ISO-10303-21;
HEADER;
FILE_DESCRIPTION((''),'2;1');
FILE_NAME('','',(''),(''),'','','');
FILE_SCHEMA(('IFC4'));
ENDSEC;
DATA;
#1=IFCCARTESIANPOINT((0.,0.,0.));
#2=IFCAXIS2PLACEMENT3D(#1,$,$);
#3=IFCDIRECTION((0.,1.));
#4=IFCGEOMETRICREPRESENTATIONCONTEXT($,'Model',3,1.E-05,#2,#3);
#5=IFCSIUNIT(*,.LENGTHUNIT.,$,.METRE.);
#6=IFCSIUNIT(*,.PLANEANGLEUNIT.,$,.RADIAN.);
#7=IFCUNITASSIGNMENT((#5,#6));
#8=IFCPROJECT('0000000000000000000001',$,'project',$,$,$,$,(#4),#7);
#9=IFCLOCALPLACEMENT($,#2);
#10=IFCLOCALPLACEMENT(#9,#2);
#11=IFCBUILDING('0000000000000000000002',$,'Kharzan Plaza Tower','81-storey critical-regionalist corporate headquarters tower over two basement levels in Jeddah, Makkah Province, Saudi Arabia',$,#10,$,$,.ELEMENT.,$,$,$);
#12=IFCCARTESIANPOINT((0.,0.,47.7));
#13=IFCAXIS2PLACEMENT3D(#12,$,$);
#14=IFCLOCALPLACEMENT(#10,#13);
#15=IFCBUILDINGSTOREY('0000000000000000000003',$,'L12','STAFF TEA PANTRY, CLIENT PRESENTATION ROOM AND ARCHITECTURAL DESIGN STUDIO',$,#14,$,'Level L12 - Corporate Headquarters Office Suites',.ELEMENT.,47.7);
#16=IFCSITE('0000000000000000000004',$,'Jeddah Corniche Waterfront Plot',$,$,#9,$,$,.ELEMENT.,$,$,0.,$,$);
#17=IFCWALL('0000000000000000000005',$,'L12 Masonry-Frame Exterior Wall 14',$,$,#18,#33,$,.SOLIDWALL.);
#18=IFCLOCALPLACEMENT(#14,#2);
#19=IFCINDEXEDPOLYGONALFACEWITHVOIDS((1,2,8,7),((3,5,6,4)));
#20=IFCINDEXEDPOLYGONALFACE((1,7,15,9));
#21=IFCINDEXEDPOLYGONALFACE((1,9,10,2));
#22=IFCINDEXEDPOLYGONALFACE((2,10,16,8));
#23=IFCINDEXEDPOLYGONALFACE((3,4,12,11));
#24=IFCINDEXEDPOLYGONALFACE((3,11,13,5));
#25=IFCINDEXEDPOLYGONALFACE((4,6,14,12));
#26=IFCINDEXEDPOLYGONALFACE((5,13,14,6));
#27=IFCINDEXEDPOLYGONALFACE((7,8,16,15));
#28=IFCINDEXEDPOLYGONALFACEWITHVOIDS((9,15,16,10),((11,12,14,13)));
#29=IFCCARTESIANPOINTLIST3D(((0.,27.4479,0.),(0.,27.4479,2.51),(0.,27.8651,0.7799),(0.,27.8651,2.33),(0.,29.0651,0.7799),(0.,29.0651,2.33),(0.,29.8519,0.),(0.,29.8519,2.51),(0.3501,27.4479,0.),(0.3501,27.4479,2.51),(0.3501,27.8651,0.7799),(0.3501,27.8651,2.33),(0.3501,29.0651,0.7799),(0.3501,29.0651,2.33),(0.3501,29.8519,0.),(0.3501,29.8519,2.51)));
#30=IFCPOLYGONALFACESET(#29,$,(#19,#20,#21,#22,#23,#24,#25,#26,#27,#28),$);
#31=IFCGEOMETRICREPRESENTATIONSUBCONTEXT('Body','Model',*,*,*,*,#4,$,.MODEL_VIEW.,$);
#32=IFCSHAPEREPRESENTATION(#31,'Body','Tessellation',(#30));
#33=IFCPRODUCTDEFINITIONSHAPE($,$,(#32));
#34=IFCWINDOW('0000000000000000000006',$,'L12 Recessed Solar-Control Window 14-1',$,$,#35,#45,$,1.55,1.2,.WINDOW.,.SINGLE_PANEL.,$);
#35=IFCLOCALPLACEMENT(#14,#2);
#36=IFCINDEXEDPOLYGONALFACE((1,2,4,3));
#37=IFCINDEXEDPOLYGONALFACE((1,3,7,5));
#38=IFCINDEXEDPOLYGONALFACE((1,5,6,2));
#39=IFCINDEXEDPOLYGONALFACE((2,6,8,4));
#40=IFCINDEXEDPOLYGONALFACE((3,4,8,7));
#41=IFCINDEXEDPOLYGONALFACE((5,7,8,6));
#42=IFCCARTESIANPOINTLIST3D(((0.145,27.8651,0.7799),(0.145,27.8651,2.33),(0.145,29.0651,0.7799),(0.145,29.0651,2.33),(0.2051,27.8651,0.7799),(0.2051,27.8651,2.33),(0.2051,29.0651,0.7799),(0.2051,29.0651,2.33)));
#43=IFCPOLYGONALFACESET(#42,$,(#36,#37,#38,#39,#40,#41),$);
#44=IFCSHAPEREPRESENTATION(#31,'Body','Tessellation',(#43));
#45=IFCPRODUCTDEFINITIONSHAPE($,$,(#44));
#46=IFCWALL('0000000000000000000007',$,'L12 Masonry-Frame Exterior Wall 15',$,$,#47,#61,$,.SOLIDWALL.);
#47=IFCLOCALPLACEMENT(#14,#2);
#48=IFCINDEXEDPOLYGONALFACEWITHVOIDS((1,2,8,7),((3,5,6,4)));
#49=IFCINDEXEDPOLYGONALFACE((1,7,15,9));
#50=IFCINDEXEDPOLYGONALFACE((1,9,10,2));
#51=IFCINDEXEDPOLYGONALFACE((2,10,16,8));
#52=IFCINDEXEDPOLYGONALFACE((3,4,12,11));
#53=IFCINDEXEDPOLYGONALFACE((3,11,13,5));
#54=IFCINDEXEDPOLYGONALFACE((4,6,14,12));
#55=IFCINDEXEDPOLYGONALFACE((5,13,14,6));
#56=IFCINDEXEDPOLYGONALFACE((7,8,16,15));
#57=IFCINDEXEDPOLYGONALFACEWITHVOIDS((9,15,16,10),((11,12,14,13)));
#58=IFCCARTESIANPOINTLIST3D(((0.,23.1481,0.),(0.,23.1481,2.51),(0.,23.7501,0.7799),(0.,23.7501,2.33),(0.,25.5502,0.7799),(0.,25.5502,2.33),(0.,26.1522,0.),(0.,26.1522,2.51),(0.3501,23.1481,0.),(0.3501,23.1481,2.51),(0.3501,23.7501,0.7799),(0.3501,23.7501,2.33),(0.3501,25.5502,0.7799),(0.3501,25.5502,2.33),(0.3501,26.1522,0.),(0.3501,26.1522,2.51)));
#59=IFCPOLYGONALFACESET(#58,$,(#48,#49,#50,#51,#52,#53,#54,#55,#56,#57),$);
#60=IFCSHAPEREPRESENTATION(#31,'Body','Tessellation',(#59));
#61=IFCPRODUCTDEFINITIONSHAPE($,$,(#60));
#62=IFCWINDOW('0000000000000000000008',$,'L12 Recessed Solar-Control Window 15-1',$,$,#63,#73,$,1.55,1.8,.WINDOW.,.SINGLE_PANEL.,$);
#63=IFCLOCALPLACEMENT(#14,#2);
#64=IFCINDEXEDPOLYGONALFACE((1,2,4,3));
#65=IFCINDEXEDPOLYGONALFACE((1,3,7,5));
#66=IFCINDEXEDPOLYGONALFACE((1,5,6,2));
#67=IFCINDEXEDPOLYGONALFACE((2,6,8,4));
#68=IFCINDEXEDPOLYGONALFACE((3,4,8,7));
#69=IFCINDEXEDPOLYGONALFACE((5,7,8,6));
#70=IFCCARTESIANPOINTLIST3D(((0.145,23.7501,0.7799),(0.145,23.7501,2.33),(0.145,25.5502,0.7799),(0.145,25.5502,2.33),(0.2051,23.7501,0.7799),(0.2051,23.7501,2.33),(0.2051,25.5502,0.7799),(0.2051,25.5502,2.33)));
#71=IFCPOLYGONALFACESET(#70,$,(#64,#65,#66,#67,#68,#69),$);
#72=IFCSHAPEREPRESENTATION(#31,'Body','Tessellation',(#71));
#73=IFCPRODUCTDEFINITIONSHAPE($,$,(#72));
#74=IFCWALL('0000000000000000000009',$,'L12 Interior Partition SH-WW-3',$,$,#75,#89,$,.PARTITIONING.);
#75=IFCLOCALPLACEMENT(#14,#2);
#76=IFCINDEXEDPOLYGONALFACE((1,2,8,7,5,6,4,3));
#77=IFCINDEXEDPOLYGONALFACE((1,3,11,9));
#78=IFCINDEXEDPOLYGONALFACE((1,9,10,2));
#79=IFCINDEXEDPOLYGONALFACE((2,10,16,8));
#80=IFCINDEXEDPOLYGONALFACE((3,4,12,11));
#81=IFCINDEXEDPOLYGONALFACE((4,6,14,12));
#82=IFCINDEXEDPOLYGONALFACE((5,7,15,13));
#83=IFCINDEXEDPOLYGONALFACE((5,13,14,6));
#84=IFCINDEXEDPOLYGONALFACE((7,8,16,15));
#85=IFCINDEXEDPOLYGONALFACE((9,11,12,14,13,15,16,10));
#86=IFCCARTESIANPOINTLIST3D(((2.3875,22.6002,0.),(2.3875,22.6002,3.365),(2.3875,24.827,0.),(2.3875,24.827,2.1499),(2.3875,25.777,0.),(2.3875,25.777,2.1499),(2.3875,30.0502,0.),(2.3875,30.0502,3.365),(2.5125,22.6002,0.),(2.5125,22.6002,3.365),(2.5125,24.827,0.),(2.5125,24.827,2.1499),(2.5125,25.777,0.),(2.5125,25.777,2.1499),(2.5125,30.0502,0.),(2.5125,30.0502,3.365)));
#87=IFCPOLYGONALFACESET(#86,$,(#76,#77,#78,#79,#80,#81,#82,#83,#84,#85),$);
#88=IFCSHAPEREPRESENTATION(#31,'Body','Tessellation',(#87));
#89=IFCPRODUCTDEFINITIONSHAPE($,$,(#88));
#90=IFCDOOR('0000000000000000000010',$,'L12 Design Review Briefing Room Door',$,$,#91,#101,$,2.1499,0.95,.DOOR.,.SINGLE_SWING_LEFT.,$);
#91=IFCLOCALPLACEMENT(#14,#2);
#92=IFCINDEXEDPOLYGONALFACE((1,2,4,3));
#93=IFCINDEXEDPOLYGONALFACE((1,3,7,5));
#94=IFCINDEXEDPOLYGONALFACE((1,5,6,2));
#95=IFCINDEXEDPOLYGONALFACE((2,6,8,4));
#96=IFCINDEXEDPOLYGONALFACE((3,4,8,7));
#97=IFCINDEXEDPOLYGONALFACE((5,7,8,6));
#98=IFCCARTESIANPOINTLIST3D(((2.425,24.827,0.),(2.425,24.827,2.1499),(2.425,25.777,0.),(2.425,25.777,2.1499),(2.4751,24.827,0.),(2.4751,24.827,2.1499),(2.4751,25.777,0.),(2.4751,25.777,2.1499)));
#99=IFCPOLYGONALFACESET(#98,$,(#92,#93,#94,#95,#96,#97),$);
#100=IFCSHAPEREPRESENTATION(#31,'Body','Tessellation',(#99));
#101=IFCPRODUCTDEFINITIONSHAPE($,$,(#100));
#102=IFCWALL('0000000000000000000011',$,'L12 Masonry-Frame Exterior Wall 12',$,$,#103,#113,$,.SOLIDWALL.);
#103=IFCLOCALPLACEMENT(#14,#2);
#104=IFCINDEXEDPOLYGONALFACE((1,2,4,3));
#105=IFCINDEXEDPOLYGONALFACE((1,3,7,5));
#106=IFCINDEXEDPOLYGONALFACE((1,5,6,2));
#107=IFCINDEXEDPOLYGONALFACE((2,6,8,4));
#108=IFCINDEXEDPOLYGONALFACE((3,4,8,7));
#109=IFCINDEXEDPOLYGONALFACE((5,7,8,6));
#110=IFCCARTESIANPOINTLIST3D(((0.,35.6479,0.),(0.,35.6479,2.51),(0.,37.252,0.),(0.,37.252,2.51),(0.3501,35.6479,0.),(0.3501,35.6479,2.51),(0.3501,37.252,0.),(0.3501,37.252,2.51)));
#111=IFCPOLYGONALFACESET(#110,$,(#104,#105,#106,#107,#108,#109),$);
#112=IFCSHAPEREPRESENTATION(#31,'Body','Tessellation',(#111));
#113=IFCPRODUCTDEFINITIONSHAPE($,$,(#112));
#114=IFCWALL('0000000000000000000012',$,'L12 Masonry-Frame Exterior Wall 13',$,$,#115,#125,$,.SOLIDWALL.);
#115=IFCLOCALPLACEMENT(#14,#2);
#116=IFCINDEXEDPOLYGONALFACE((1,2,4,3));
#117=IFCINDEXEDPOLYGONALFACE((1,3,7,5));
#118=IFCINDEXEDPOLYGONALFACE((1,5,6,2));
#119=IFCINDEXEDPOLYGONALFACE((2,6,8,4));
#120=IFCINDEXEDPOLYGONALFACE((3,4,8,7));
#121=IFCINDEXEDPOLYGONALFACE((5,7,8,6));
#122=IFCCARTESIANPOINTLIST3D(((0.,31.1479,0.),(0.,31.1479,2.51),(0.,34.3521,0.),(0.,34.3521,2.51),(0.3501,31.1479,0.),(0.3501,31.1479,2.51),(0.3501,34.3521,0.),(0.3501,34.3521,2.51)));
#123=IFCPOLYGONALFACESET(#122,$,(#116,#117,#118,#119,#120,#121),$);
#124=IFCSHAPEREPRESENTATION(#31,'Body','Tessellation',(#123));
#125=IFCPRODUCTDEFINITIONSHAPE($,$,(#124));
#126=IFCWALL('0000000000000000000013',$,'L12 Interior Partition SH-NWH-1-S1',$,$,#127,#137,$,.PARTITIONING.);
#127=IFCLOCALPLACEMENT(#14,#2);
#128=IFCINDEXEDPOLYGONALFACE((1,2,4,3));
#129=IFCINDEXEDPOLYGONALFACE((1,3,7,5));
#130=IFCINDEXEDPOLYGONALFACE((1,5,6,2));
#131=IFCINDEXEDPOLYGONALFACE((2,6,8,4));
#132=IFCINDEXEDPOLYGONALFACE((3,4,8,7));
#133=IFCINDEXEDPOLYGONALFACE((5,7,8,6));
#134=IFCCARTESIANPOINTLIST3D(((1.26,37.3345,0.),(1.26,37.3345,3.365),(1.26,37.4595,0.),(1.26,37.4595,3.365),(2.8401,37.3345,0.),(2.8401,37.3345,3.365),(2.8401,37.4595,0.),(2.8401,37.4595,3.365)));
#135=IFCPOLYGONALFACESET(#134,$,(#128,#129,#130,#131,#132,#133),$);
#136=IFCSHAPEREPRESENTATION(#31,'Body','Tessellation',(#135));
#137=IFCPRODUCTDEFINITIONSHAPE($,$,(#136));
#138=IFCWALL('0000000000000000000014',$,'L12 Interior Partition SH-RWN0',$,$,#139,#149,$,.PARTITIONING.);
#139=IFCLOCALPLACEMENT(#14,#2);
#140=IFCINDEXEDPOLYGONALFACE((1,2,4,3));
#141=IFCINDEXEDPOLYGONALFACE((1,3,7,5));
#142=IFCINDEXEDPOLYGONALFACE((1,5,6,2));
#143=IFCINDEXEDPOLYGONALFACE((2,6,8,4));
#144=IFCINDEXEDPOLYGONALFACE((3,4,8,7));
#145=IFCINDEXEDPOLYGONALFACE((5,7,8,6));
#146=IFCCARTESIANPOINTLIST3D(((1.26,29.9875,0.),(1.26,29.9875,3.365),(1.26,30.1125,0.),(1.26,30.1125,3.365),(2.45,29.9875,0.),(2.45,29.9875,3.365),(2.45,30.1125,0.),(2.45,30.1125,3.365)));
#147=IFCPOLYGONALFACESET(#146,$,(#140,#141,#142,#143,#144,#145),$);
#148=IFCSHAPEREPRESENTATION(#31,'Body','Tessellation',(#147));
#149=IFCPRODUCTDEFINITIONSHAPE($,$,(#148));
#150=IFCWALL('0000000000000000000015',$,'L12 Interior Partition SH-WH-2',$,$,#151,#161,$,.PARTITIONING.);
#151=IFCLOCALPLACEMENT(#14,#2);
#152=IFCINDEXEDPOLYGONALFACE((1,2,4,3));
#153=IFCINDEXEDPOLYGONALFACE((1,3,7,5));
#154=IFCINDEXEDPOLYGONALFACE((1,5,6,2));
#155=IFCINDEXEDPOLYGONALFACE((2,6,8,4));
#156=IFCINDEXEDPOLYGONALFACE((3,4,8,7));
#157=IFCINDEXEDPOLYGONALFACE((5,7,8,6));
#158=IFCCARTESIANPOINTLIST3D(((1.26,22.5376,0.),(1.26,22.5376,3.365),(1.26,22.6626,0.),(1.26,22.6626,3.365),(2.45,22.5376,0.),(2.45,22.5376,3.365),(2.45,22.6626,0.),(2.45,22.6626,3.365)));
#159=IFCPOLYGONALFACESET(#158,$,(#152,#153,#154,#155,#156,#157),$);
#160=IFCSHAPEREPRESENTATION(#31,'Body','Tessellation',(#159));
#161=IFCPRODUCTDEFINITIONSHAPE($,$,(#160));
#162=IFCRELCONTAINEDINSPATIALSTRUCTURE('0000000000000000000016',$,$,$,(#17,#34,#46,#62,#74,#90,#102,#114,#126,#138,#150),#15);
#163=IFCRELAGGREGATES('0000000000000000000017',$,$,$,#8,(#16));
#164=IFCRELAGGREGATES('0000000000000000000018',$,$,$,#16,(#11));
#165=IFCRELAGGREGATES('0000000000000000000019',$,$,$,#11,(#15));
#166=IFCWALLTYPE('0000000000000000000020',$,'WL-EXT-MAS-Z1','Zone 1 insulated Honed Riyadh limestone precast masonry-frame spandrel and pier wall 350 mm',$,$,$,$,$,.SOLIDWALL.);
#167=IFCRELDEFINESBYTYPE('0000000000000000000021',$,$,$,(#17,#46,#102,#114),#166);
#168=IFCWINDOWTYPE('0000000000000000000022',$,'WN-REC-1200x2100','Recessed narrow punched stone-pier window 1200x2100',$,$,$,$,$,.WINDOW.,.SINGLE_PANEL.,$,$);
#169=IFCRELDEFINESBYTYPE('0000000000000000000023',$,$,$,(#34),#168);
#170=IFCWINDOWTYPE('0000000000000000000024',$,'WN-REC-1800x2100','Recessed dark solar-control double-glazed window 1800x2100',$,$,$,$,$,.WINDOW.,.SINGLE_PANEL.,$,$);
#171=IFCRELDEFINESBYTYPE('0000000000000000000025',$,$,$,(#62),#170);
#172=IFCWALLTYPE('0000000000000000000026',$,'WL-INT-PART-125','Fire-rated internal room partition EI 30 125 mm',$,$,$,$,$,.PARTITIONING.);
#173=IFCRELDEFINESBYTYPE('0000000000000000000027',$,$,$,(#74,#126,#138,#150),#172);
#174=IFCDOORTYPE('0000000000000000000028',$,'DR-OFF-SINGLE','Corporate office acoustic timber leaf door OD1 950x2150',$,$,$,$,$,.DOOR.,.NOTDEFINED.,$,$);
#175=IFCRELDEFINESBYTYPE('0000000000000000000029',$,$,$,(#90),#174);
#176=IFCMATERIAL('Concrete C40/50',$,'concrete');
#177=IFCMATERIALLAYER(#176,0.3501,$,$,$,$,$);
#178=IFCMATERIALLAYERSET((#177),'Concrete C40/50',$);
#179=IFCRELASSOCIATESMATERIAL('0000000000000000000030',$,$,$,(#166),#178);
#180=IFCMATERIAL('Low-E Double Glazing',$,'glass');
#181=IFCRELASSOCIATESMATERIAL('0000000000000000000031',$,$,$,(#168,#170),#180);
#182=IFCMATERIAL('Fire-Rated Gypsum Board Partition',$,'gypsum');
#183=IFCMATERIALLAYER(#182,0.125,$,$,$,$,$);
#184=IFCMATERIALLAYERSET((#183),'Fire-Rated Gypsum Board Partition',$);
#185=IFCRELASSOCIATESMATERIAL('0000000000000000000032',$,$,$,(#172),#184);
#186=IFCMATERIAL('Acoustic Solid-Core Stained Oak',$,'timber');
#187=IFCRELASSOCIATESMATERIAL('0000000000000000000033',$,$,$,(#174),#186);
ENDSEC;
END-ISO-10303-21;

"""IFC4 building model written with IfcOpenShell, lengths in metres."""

from ifc_helpers import new_model, si_unit, direction, frame, frame_2d, origin, place, context, subcontext, project, spatial, rectangle, extrude, source, transform, mapped, material, layer, layer_set, type_object, element, fill, save


model = new_model("IFC4")

# Units and contexts
model_context = context("Model", 3, precision=1e-05, world=origin(), true_north=direction((0.0, 1.0)))
body_context = subcontext(model_context, "Body", "Model", "MODEL_VIEW")
ifc_project = project(units=[si_unit("LENGTHUNIT", "METRE"), si_unit("PLANEANGLEUNIT", "RADIAN")], contexts=[model_context])

# Site, building, storey
site_placement = place(None, origin())
site = spatial("IfcSite", under=ifc_project, at=site_placement, Name="Jeddah Corniche Waterfront Plot", CompositionType="ELEMENT", RefElevation=0.0)
building_placement = place(site_placement, origin())
building = spatial("IfcBuilding", under=site, at=building_placement, Name="Kharzan Plaza Tower", Description="81-storey critical-regionalist corporate headquarters tower over two basement levels in Jeddah, Makkah Province, Saudi Arabia", CompositionType="ELEMENT")
storey_placement = place(building_placement, frame((0.0, 0.0, 47.7)))
storey = spatial("IfcBuildingStorey", under=building, at=storey_placement, Name="L12", Description="STAFF TEA PANTRY, CLIENT PRESENTATION ROOM AND ARCHITECTURAL DESIGN STUDIO", LongName="Level L12 - Corporate Headquarters Office Suites", CompositionType="ELEMENT", Elevation=47.7)

# Walls, openings, windows
ifc_material_1 = material(Name="Concrete C40/50", Category="concrete")
ifc_layer_1 = layer(ifc_material_1, 0.3501)
ifc_layer_set_1 = layer_set([ifc_layer_1], Name="Concrete C40/50")
wall_type_1 = type_object("IfcWallType", Name="WL-EXT-MAS-Z1", Description="Zone 1 insulated Honed Riyadh limestone precast masonry-frame spandrel and pier wall 350 mm", PredefinedType="SOLIDWALL", material=ifc_layer_set_1)
wall_1_placement = place(storey_placement, frame((0.175, 29.8521, 0.0), z_axis=(0.0, 0.0, 1.0), x_axis=(0.0, -1.0, 0.0)))
wall_1 = element("IfcWall", 1, at=wall_1_placement, inside=storey, type_object=wall_type_1, Name="L12 Masonry-Frame Exterior Wall 14", PredefinedType="SOLIDWALL", context=body_context, shape_type="SweptSolid", body=[
    extrude(rectangle(XDim=2.4041, YDim=0.3501, at=frame_2d((1.2021, 0.0))), origin(), (0.0, 0.0, 1.0), 2.51),
])
opening_1_placement = place(wall_1_placement, frame((0.7869, 0.0, 0.78)))
opening_1 = element("IfcOpeningElement", 2, at=opening_1_placement, cuts=wall_1, PredefinedType="OPENING", context=body_context, shape_type="SweptSolid", body=[
    extrude(rectangle(XDim=1.2, YDim=1.55, at=frame_2d((0.6001, 0.7749))), frame((0.0, 0.1851, 0.0), z_axis=(0.0, -1.0, 0.0), x_axis=(1.0, 0.0, 0.0)), (0.0, 0.0, 1.0), 0.3701),
])
ifc_material_2 = material(Name="Low-E Double Glazing", Category="glass")
window_type_1 = type_object("IfcWindowType", Name="WN-REC-1200x2100", Description="Recessed narrow punched stone-pier window 1200x2100", PartitioningType="SINGLE_PANEL", PredefinedType="WINDOW", material=ifc_material_2)
shared_shape_1 = source(origin(), body_context, "Body", "SweptSolid", [
    extrude(rectangle(XDim=1.2, YDim=1.55, at=frame_2d((0.6001, 0.7749))), frame((0.0, 0.03, 0.0), z_axis=(0.0, -1.0, 0.0), x_axis=(1.0, 0.0, 0.0)), (0.0, 0.0, 1.0), 0.0601),
])
window_1_placement = place(opening_1_placement, origin())
window_1 = element("IfcWindow", 3, at=window_1_placement, inside=storey, type_object=window_type_1, Name="L12 Recessed Solar-Control Window 14-1", OverallHeight=1.55, OverallWidth=1.2, PartitioningType="SINGLE_PANEL", PredefinedType="WINDOW", context=body_context, shape_type="MappedRepresentation", body=[
    mapped(shared_shape_1, transform((0.0, 0.0, 0.0), x_axis=(1.0, 0.0, 0.0), y_axis=(0.0, 1.0, 0.0), z_axis=(0.0, 0.0, 1.0))),
])
fill(opening_1, window_1)
wall_2_placement = place(storey_placement, frame((0.175, 26.1521, 0.0), z_axis=(0.0, 0.0, 1.0), x_axis=(0.0, -1.0, 0.0)))
wall_2 = element("IfcWall", 4, at=wall_2_placement, inside=storey, type_object=wall_type_1, Name="L12 Masonry-Frame Exterior Wall 15", PredefinedType="SOLIDWALL", context=body_context, shape_type="SweptSolid", body=[
    extrude(rectangle(XDim=3.0042, YDim=0.3501, at=frame_2d((1.502, 0.0))), origin(), (0.0, 0.0, 1.0), 2.51),
])
opening_2_placement = place(wall_2_placement, frame((0.6021, 0.0, 0.78)))
opening_2 = element("IfcOpeningElement", 5, at=opening_2_placement, cuts=wall_2, PredefinedType="OPENING", context=body_context, shape_type="SweptSolid", body=[
    extrude(rectangle(XDim=1.8, YDim=1.55, at=frame_2d((0.8999, 0.7749))), frame((0.0, 0.1851, 0.0), z_axis=(0.0, -1.0, 0.0), x_axis=(1.0, 0.0, 0.0)), (0.0, 0.0, 1.0), 0.3701),
])
window_type_2 = type_object("IfcWindowType", Name="WN-REC-1800x2100", Description="Recessed dark solar-control double-glazed window 1800x2100", PartitioningType="SINGLE_PANEL", PredefinedType="WINDOW", material=ifc_material_2)
shared_shape_2 = source(origin(), body_context, "Body", "SweptSolid", [
    extrude(rectangle(XDim=1.8, YDim=1.55, at=frame_2d((0.8999, 0.7749))), frame((0.0, 0.03, 0.0), z_axis=(0.0, -1.0, 0.0), x_axis=(1.0, 0.0, 0.0)), (0.0, 0.0, 1.0), 0.0601),
])
window_2_placement = place(opening_2_placement, origin())
window_2 = element("IfcWindow", 6, at=window_2_placement, inside=storey, type_object=window_type_2, Name="L12 Recessed Solar-Control Window 15-1", OverallHeight=1.55, OverallWidth=1.8, PartitioningType="SINGLE_PANEL", PredefinedType="WINDOW", context=body_context, shape_type="MappedRepresentation", body=[
    mapped(shared_shape_2, transform((0.0, 0.0, 0.0), x_axis=(1.0, 0.0, 0.0), y_axis=(0.0, 1.0, 0.0), z_axis=(0.0, 0.0, 1.0))),
])
fill(opening_2, window_2)

# Wall, opening, door
ifc_material_3 = material(Name="Fire-Rated Gypsum Board Partition", Category="gypsum")
ifc_layer_2 = layer(ifc_material_3, 0.125)
ifc_layer_set_2 = layer_set([ifc_layer_2], Name="Fire-Rated Gypsum Board Partition")
wall_type_2 = type_object("IfcWallType", Name="WL-INT-PART-125", Description="Fire-rated internal room partition EI 30 125 mm", PredefinedType="PARTITIONING", material=ifc_layer_set_2)
wall_3_placement = place(storey_placement, frame((2.45, 22.6001, 0.0), z_axis=(0.0, 0.0, 1.0), x_axis=(0.0, 1.0, 0.0)))
wall_3 = element("IfcWall", 7, at=wall_3_placement, inside=storey, type_object=wall_type_2, Name="L12 Interior Partition SH-WW-3", PredefinedType="PARTITIONING", context=body_context, shape_type="SweptSolid", body=[
    extrude(rectangle(XDim=7.45, YDim=0.125, at=frame_2d((3.7251, 0.0))), origin(), (0.0, 0.0, 1.0), 3.365),
])
opening_3_placement = place(wall_3_placement, frame((2.2268, 0.0, 0.0)))
opening_3 = element("IfcOpeningElement", 8, at=opening_3_placement, cuts=wall_3, PredefinedType="OPENING", context=body_context, shape_type="SweptSolid", body=[
    extrude(rectangle(XDim=0.95, YDim=2.1499, at=frame_2d((0.4751, 1.075))), frame((0.0, 0.0725, 0.0), z_axis=(0.0, -1.0, 0.0), x_axis=(1.0, 0.0, 0.0)), (0.0, 0.0, 1.0), 0.145),
])
ifc_material_4 = material(Name="Acoustic Solid-Core Stained Oak", Category="timber")
door_type = type_object("IfcDoorType", Name="DR-OFF-SINGLE", Description="Corporate office acoustic timber leaf door OD1 950x2150", OperationType="NOTDEFINED", PredefinedType="DOOR", material=ifc_material_4)
shared_shape_3 = source(origin(), body_context, "Body", "SweptSolid", [
    extrude(rectangle(XDim=0.95, YDim=2.1499, at=frame_2d((0.4751, 1.075))), frame((0.0, 0.0249, 0.0), z_axis=(0.0, -1.0, 0.0), x_axis=(1.0, 0.0, 0.0)), (0.0, 0.0, 1.0), 0.05),
])
door_placement = place(opening_3_placement, origin())
door = element("IfcDoor", 9, at=door_placement, inside=storey, type_object=door_type, Name="L12 Design Review Briefing Room Door", OperationType="SINGLE_SWING_LEFT", OverallHeight=2.1499, OverallWidth=0.95, PredefinedType="DOOR", context=body_context, shape_type="MappedRepresentation", body=[
    mapped(shared_shape_3, transform((0.0, 0.0, 0.0), x_axis=(1.0, 0.0, 0.0), y_axis=(0.0, 1.0, 0.0), z_axis=(0.0, 0.0, 1.0))),
])
fill(opening_3, door)

# Walls
shared_shape_4 = source(origin(), body_context, "Body", "SweptSolid", [
    extrude(rectangle(XDim=1.604, YDim=0.3501, at=frame_2d((0.802, 0.0))), origin(), (0.0, 0.0, 1.0), 2.51),
])
wall_4_placement = place(storey_placement, frame((0.175, 37.252, 0.0), z_axis=(0.0, 0.0, 1.0), x_axis=(0.0, -1.0, 0.0)))
element("IfcWall", 10, at=wall_4_placement, inside=storey, type_object=wall_type_1, Name="L12 Masonry-Frame Exterior Wall 12", PredefinedType="SOLIDWALL", context=body_context, shape_type="MappedRepresentation", body=[
    mapped(shared_shape_4, transform((0.0, 0.0, 0.0), x_axis=(1.0, 0.0, 0.0), y_axis=(0.0, 1.0, 0.0), z_axis=(0.0, 0.0, 1.0))),
])
shared_shape_5 = source(origin(), body_context, "Body", "SweptSolid", [
    extrude(rectangle(XDim=3.2041, YDim=0.3501, at=frame_2d((1.6021, 0.0))), origin(), (0.0, 0.0, 1.0), 2.51),
])
wall_5_placement = place(storey_placement, frame((0.175, 34.3521, 0.0), z_axis=(0.0, 0.0, 1.0), x_axis=(0.0, -1.0, 0.0)))
element("IfcWall", 11, at=wall_5_placement, inside=storey, type_object=wall_type_1, Name="L12 Masonry-Frame Exterior Wall 13", PredefinedType="SOLIDWALL", context=body_context, shape_type="MappedRepresentation", body=[
    mapped(shared_shape_5, transform((0.0, 0.0, 0.0), x_axis=(1.0, 0.0, 0.0), y_axis=(0.0, 1.0, 0.0), z_axis=(0.0, 0.0, 1.0))),
])
shared_shape_6 = source(origin(), body_context, "Body", "SweptSolid", [
    extrude(rectangle(XDim=1.5801, YDim=0.125, at=frame_2d((0.79, 0.0))), origin(), (0.0, 0.0, 1.0), 3.365),
])
wall_6_placement = place(storey_placement, frame((1.26, 37.397, 0.0), z_axis=(0.0, 0.0, 1.0), x_axis=(1.0, 0.0, 0.0)))
element("IfcWall", 12, at=wall_6_placement, inside=storey, type_object=wall_type_2, Name="L12 Interior Partition SH-NWH-1-S1", PredefinedType="PARTITIONING", context=body_context, shape_type="MappedRepresentation", body=[
    mapped(shared_shape_6, transform((0.0, 0.0, 0.0), x_axis=(1.0, 0.0, 0.0), y_axis=(0.0, 1.0, 0.0), z_axis=(0.0, 0.0, 1.0))),
])
shared_shape_7 = source(origin(), body_context, "Body", "SweptSolid", [
    extrude(rectangle(XDim=1.1899, YDim=0.125, at=frame_2d((0.595, 0.0))), origin(), (0.0, 0.0, 1.0), 3.365),
])
for number, where, z_axis, x_axis, name in (
    (13, (1.26, 30.05, 0.0), (0.0, 0.0, 1.0), (1.0, 0.0, 0.0), "L12 Interior Partition SH-RWN0"),
    (14, (1.26, 22.6001, 0.0), (0.0, 0.0, 1.0), (1.0, 0.0, 0.0), "L12 Interior Partition SH-WH-2"),
):
    element("IfcWall", number, at=place(storey_placement, frame(where, z_axis=z_axis, x_axis=x_axis)), inside=storey, type_object=wall_type_2, Name=name, PredefinedType="PARTITIONING", context=body_context, shape_type="MappedRepresentation", body=[
        mapped(shared_shape_7, transform((0.0, 0.0, 0.0), x_axis=(1.0, 0.0, 0.0), y_axis=(0.0, 1.0, 0.0), z_axis=(0.0, 0.0, 1.0))),
    ])

save(model, "model.ifc")
